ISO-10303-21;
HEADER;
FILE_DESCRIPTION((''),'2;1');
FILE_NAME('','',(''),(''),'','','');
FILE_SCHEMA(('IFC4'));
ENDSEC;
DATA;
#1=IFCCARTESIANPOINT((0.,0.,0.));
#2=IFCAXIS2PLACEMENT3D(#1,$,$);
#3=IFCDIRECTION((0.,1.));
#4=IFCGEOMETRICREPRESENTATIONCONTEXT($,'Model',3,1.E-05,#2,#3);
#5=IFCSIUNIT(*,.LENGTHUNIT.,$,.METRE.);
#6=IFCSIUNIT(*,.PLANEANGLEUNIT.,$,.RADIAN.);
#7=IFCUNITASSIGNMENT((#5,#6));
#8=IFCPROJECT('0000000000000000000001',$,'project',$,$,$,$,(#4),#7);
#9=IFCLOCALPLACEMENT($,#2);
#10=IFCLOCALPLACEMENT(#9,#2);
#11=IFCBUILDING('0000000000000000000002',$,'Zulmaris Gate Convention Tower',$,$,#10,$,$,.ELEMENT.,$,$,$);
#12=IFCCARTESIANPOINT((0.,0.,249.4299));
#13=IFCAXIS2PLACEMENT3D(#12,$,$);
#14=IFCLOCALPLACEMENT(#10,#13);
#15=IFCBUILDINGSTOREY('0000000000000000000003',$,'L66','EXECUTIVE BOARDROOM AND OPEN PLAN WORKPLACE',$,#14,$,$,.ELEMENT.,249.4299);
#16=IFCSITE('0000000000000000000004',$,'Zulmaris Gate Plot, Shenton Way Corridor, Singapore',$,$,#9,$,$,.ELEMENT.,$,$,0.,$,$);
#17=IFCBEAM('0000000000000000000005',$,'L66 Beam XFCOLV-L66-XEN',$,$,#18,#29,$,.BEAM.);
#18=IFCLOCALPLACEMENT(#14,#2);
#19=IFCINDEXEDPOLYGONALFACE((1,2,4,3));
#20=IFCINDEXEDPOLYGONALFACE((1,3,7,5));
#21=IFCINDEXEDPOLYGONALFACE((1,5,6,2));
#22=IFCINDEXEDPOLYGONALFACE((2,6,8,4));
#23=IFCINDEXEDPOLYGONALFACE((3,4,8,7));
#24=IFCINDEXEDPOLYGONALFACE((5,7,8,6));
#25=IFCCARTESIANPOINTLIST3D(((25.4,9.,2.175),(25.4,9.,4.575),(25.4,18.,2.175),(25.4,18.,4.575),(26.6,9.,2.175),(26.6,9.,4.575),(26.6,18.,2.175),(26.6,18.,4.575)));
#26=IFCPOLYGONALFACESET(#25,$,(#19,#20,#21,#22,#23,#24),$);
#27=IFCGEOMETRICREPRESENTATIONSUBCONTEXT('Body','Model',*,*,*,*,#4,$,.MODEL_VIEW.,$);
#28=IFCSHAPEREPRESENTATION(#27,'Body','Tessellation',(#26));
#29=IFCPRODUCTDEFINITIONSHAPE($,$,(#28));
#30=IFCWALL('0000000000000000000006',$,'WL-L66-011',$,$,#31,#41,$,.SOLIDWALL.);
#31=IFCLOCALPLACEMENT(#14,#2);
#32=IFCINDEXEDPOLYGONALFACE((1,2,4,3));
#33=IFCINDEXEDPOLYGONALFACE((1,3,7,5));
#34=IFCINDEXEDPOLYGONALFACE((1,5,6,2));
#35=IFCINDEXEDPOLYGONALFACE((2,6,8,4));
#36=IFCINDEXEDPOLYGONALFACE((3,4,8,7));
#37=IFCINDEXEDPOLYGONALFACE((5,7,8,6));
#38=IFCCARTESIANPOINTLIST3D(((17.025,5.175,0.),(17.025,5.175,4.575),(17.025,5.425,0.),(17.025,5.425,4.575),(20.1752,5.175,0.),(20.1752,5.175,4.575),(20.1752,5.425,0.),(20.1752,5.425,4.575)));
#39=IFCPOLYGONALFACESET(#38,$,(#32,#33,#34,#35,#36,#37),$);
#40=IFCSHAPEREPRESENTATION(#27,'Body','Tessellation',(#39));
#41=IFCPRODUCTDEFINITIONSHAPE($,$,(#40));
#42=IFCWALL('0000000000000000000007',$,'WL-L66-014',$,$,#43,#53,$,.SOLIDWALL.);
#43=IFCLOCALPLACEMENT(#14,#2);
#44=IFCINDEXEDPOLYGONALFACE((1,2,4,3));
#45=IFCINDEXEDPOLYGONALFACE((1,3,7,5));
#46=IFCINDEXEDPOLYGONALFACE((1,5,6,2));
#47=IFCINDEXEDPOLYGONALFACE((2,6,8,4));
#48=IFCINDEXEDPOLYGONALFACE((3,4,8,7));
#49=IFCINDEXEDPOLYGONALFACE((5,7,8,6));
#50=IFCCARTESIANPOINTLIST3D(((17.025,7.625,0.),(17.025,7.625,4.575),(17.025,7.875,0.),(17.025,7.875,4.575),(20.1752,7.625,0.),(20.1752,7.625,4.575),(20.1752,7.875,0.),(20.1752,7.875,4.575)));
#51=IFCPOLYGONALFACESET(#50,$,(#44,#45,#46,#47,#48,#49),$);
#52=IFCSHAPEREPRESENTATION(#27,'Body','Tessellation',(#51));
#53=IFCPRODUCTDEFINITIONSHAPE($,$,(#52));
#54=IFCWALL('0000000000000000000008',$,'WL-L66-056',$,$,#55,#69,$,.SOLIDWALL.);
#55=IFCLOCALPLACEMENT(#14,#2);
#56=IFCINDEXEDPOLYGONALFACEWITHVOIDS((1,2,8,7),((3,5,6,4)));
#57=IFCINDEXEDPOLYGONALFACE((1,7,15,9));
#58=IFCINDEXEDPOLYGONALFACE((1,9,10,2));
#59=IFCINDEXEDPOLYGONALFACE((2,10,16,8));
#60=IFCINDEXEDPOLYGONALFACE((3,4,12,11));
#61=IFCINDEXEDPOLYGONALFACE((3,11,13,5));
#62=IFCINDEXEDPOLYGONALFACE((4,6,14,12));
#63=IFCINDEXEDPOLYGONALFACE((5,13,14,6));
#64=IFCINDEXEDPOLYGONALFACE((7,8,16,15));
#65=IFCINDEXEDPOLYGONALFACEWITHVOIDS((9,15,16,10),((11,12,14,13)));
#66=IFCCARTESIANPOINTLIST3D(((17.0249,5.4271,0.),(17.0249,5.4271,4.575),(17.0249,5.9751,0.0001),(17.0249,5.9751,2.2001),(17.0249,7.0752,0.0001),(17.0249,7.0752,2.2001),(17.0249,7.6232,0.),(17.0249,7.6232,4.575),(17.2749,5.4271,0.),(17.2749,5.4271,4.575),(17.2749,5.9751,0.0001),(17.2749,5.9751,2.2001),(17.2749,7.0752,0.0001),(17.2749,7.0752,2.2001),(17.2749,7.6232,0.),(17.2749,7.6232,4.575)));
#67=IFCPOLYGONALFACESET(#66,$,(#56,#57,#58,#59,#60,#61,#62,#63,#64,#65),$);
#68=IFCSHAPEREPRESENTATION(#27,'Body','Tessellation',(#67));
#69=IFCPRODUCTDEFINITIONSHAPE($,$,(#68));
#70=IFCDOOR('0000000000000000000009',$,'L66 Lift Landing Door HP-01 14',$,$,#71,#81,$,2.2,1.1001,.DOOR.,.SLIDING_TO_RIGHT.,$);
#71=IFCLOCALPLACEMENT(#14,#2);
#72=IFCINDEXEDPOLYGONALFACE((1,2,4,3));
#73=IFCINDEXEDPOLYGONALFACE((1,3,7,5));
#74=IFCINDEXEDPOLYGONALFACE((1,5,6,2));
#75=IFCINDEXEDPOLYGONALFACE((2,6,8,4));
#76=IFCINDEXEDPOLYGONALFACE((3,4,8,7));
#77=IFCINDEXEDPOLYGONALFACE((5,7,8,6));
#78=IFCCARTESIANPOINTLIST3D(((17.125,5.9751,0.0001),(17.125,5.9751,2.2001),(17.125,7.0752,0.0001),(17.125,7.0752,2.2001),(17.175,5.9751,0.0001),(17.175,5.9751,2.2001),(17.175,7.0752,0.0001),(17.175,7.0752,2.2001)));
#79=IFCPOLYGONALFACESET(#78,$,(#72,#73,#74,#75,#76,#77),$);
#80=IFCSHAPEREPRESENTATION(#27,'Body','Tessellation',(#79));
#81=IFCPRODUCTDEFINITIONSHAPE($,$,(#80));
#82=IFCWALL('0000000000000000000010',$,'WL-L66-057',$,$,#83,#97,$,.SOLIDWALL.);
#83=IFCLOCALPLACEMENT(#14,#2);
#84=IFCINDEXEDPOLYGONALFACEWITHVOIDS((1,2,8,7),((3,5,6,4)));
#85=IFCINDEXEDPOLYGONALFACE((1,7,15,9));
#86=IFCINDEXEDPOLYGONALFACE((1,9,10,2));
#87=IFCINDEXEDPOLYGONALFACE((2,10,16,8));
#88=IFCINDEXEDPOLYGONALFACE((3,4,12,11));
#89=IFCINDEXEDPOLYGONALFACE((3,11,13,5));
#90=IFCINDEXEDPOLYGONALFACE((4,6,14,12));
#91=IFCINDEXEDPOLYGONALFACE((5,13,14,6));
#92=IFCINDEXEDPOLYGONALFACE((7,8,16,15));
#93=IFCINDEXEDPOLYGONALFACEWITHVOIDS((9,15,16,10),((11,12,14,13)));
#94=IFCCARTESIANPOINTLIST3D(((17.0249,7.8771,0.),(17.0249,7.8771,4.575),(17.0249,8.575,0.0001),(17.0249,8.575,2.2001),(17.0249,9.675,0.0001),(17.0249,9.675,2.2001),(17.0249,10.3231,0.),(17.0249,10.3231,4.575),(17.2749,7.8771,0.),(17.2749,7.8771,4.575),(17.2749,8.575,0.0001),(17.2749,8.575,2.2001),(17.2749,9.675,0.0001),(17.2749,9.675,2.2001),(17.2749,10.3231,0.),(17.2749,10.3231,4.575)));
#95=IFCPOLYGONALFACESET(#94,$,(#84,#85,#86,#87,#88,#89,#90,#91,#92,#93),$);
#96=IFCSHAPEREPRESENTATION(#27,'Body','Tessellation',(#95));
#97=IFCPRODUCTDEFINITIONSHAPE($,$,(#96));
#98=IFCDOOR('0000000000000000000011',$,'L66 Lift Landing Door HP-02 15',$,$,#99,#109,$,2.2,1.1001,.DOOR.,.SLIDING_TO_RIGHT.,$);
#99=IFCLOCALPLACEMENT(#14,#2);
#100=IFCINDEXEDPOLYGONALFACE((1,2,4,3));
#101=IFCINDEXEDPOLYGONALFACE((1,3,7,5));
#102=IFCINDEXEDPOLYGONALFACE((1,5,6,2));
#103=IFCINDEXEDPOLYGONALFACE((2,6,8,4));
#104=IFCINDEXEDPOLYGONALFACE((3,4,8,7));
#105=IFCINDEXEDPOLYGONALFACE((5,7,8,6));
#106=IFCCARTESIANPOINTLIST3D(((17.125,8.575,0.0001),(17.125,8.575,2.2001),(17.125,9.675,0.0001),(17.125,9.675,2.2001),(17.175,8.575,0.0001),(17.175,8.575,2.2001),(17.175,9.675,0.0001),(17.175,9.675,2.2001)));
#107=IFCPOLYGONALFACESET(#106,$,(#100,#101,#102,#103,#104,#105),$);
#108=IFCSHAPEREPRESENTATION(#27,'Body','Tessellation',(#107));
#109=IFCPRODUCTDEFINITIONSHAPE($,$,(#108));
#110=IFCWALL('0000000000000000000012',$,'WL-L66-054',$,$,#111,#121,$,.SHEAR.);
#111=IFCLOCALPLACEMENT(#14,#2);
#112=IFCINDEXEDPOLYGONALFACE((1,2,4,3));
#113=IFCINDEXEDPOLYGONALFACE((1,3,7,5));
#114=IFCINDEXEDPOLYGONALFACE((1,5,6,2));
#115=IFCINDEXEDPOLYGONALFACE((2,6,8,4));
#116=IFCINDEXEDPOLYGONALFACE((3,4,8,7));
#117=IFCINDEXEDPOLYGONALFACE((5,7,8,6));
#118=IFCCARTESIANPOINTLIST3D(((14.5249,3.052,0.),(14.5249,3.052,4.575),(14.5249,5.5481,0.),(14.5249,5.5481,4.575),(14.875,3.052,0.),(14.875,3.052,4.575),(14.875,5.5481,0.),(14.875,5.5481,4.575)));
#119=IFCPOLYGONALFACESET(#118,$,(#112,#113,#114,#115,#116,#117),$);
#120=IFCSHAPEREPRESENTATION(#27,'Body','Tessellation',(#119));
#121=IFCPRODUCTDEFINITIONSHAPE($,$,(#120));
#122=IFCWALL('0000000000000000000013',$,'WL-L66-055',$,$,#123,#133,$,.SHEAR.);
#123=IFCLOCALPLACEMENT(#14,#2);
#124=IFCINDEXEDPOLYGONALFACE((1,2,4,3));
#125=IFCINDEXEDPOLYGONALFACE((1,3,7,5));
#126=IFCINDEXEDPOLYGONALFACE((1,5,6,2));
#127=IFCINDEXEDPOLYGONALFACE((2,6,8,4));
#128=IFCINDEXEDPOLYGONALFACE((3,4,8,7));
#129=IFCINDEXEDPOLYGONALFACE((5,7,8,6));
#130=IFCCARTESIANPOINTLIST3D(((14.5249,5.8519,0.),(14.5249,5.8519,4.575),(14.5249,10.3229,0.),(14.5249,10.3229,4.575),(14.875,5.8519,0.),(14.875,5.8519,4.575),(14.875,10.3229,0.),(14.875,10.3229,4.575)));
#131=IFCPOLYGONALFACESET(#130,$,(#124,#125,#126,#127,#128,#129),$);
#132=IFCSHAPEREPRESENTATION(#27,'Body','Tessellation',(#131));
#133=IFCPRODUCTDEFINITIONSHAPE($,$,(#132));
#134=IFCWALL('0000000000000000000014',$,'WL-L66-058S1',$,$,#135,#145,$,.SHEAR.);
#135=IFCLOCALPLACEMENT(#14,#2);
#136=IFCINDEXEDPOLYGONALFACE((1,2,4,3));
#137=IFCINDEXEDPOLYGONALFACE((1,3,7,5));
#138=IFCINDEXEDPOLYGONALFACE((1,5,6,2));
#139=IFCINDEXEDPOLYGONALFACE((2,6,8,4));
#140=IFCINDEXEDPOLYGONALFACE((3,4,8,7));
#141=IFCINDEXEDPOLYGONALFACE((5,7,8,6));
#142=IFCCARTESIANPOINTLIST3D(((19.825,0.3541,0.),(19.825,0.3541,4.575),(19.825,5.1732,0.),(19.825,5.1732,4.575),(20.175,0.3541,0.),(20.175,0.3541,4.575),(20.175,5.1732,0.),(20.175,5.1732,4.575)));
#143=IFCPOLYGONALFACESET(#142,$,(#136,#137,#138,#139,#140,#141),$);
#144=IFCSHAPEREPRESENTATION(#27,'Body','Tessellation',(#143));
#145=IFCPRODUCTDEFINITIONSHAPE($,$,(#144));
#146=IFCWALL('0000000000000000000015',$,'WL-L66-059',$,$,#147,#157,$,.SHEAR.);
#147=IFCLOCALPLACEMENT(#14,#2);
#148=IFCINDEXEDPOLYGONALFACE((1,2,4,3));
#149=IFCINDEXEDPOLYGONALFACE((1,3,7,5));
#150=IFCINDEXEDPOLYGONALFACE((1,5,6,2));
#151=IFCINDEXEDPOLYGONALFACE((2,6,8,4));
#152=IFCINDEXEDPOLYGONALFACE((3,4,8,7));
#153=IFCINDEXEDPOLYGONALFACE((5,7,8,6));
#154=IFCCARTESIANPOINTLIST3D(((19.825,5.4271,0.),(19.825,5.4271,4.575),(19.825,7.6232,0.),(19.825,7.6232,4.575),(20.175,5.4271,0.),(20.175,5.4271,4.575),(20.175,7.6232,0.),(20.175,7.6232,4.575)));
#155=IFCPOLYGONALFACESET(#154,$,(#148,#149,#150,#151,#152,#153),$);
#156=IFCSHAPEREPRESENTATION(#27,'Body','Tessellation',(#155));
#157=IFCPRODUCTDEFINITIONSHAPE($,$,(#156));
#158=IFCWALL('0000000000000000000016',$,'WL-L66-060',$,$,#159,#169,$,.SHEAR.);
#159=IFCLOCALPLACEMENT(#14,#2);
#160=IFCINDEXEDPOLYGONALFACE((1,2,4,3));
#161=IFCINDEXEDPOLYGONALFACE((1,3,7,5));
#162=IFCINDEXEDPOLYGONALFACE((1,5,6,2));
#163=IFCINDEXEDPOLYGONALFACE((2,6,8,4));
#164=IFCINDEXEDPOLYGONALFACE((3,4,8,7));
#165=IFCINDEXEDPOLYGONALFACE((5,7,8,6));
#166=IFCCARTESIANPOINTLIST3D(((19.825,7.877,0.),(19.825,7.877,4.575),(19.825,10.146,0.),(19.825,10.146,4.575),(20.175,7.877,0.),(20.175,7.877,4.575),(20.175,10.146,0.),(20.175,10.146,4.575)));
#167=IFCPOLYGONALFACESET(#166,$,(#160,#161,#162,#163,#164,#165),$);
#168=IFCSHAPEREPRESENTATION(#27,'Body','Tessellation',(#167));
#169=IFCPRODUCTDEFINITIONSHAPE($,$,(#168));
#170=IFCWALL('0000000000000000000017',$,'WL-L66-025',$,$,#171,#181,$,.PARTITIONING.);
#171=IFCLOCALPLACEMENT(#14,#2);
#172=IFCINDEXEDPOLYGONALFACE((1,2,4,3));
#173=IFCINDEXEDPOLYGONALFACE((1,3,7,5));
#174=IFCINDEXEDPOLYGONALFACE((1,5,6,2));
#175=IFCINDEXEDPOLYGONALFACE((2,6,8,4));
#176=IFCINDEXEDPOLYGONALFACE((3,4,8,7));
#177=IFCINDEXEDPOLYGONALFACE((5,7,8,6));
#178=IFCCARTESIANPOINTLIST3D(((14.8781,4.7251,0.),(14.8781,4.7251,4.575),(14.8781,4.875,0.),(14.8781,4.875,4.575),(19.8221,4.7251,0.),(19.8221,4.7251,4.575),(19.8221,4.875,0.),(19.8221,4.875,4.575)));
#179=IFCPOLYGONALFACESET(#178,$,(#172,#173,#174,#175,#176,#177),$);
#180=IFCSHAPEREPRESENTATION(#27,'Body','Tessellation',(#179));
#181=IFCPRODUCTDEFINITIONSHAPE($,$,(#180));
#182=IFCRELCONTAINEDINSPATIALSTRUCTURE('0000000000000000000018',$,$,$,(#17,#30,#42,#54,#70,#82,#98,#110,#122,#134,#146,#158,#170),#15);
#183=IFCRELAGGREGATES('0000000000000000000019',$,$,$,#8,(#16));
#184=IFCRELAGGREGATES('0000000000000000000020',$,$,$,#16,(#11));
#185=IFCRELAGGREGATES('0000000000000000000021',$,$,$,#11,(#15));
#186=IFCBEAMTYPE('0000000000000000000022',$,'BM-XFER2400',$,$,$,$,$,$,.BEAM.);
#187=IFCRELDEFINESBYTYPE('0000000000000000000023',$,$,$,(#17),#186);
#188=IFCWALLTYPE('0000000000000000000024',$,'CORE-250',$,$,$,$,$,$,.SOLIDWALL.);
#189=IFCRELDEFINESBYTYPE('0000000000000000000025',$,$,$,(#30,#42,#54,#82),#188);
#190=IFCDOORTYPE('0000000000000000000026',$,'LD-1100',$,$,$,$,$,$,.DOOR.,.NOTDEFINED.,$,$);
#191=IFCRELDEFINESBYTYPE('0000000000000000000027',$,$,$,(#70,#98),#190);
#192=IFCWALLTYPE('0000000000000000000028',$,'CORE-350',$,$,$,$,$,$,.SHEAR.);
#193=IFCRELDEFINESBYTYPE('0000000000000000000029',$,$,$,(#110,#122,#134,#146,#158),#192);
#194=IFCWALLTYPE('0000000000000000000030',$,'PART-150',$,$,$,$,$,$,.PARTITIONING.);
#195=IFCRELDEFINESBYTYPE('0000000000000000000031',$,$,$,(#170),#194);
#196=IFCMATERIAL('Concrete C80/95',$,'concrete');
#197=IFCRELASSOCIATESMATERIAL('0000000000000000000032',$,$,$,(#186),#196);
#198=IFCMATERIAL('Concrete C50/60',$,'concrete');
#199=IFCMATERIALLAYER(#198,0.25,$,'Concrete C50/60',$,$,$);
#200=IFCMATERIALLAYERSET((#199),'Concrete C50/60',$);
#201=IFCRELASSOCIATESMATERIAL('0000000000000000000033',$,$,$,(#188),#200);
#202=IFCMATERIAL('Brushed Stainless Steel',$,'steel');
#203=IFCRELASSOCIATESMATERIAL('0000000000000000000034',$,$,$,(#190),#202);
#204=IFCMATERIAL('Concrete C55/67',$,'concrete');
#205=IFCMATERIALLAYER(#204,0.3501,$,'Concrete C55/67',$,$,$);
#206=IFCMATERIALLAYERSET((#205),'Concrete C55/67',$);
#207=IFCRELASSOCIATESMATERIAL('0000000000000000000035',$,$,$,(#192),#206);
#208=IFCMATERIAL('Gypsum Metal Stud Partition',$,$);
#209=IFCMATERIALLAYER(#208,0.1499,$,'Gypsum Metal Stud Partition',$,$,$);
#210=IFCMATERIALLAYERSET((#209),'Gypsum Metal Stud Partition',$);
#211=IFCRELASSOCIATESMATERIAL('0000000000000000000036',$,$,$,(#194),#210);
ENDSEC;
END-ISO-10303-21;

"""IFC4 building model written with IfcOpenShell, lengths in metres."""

from ifc_helpers import new_model, si_unit, direction, frame, frame_2d, origin, origin_2d, place, context, subcontext, project, spatial, rectangle, extrude, material, layer, layer_set, material_profile, profile_set, type_object, element, fill, save


model = new_model("IFC4")

# Units and contexts
model_context = context("Model", 3, precision=1e-05, world=origin(), true_north=direction((0.0, 1.0)))
body_context = subcontext(model_context, "Body", "Model", "MODEL_VIEW")
ifc_project = project(units=[si_unit("LENGTHUNIT", "METRE"), si_unit("PLANEANGLEUNIT", "RADIAN")], contexts=[model_context])

# Site, building, storey
site_placement = place(None, origin())
site = spatial("IfcSite", under=ifc_project, at=site_placement, Name="Zulmaris Gate Plot, Shenton Way Corridor, Singapore", CompositionType="ELEMENT", RefElevation=0.0)
building_placement = place(site_placement, origin())
building = spatial("IfcBuilding", under=site, at=building_placement, Name="Zulmaris Gate Convention Tower", CompositionType="ELEMENT")
storey_placement = place(building_placement, frame((0.0, 0.0, 249.4299)))
storey = spatial("IfcBuildingStorey", under=building, at=storey_placement, Name="L66", Description="EXECUTIVE BOARDROOM AND OPEN PLAN WORKPLACE", CompositionType="ELEMENT", Elevation=249.4299)

# Shared definitions
ifc_material_1 = material(Name="Concrete C50/60", Category="concrete")

# Beam
ifc_material_2 = material(Name="Concrete C80/95", Category="concrete")
ifc_material_profile_1 = material_profile(ifc_material_2, rectangle(XDim=1.2, YDim=2.3999, at=origin_2d()), Name="RC TRANSFER 1200x2400")
ifc_profile_set_1 = profile_set([ifc_material_profile_1], Name="Concrete C80/95")
beam_type_1 = type_object("IfcBeamType", Name="BM-XFER2400", PredefinedType="BEAM", material=ifc_profile_set_1)
for number, where, z_axis, x_axis, name in (
    (1, (26.0, 9.0, 3.375), (0.0, 1.0, 0.0), (-1.0, 0.0, 0.0), "L66 Beam XFCOLV-L66-XEN"),
):
    element("IfcBeam", number, at=place(storey_placement, frame(where, z_axis=z_axis, x_axis=x_axis)), inside=storey, type_object=beam_type_1, Name=name, PredefinedType="BEAM", context=body_context, shape_type="SweptSolid", body=[
        extrude(rectangle(XDim=1.2, YDim=2.3999, at=origin_2d()), origin(), (0.0, 0.0, 1.0), 9.0),
    ])

# Walls
ifc_layer_1 = layer(ifc_material_1, 0.25, Name="Concrete C50/60")
ifc_layer_set_1 = layer_set([ifc_layer_1], Name="Concrete C50/60")
wall_type_1 = type_object("IfcWallType", Name="CORE-250", PredefinedType="SOLIDWALL", material=ifc_layer_set_1)
for number, where, z_axis, x_axis, name in (
    (2, (17.0249, 5.3, 0.0), (0.0, 0.0, 1.0), (1.0, 0.0, 0.0), "WL-L66-011"),
    (3, (17.0249, 7.75, 0.0), (0.0, 0.0, 1.0), (1.0, 0.0, 0.0), "WL-L66-014"),
):
    element("IfcWall", number, at=place(storey_placement, frame(where, z_axis=z_axis, x_axis=x_axis)), inside=storey, type_object=wall_type_1, Name=name, PredefinedType="SOLIDWALL", context=body_context, shape_type="SweptSolid", body=[
        extrude(rectangle(XDim=3.1501, YDim=0.25, at=frame_2d((1.5752, 0.0))), origin(), (0.0, 0.0, 1.0), 4.575),
    ])

# Walls, openings, doors
wall_1_placement = place(storey_placement, frame((17.1499, 5.427, 0.0), z_axis=(0.0, 0.0, 1.0), x_axis=(0.0, 1.0, 0.0)))
wall_1 = element("IfcWall", 4, at=wall_1_placement, inside=storey, type_object=wall_type_1, Name="WL-L66-056", PredefinedType="SOLIDWALL", context=body_context, shape_type="SweptSolid", body=[
    extrude(rectangle(XDim=2.196, YDim=0.25, at=frame_2d((1.0981, 0.0))), origin(), (0.0, 0.0, 1.0), 4.575),
])
opening_1_placement = place(wall_1_placement, frame((0.5481, 0.0, 0.0)))
opening_1 = element("IfcOpeningElement", 5, at=opening_1_placement, cuts=wall_1, PredefinedType="OPENING", context=body_context, shape_type="SweptSolid", body=[
    extrude(rectangle(XDim=1.1001, YDim=2.2, at=frame_2d((0.55, 1.1001))), frame((0.0, 0.135, 0.0), z_axis=(0.0, -1.0, 0.0), x_axis=(1.0, 0.0, 0.0)), (0.0, 0.0, 1.0), 0.27),
])
ifc_material_3 = material(Name="Brushed Stainless Steel", Category="steel")
door_type = type_object("IfcDoorType", Name="LD-1100", OperationType="NOTDEFINED", PredefinedType="DOOR", material=ifc_material_3)
door_1_placement = place(opening_1_placement, origin())
door_1 = element("IfcDoor", 6, at=door_1_placement, inside=storey, type_object=door_type, Name="L66 Lift Landing Door HP-01 14", OperationType="SLIDING_TO_RIGHT", OverallHeight=2.2, OverallWidth=1.1001, PredefinedType="DOOR", context=body_context, shape_type="SweptSolid", body=[
    extrude(rectangle(XDim=1.1001, YDim=2.2, at=frame_2d((0.55, 1.1001))), frame((0.0, 0.0249, 0.0), z_axis=(0.0, -1.0, 0.0), x_axis=(1.0, 0.0, 0.0)), (0.0, 0.0, 1.0), 0.05),
])
fill(opening_1, door_1)
wall_2_placement = place(storey_placement, frame((17.1499, 7.877, 0.0), z_axis=(0.0, 0.0, 1.0), x_axis=(0.0, 1.0, 0.0)))
wall_2 = element("IfcWall", 7, at=wall_2_placement, inside=storey, type_object=wall_type_1, Name="WL-L66-057", PredefinedType="SOLIDWALL", context=body_context, shape_type="SweptSolid", body=[
    extrude(rectangle(XDim=2.446, YDim=0.25, at=frame_2d((1.2231, 0.0))), origin(), (0.0, 0.0, 1.0), 4.575),
])
opening_2_placement = place(wall_2_placement, frame((0.698, 0.0, 0.0)))
opening_2 = element("IfcOpeningElement", 8, at=opening_2_placement, cuts=wall_2, PredefinedType="OPENING", context=body_context, shape_type="SweptSolid", body=[
    extrude(rectangle(XDim=1.1001, YDim=2.2, at=frame_2d((0.55, 1.1001))), frame((0.0, 0.135, 0.0), z_axis=(0.0, -1.0, 0.0), x_axis=(1.0, 0.0, 0.0)), (0.0, 0.0, 1.0), 0.27),
])
door_2_placement = place(opening_2_placement, origin())
door_2 = element("IfcDoor", 9, at=door_2_placement, inside=storey, type_object=door_type, Name="L66 Lift Landing Door HP-02 15", OperationType="SLIDING_TO_RIGHT", OverallHeight=2.2, OverallWidth=1.1001, PredefinedType="DOOR", context=body_context, shape_type="SweptSolid", body=[
    extrude(rectangle(XDim=1.1001, YDim=2.2, at=frame_2d((0.55, 1.1001))), frame((0.0, 0.0249, 0.0), z_axis=(0.0, -1.0, 0.0), x_axis=(1.0, 0.0, 0.0)), (0.0, 0.0, 1.0), 0.05),
])
fill(opening_2, door_2)

# Walls
ifc_material_4 = material(Name="Concrete C55/67", Category="concrete")
ifc_layer_2 = layer(ifc_material_4, 0.3501, Name="Concrete C55/67")
ifc_layer_set_2 = layer_set([ifc_layer_2], Name="Concrete C55/67")
wall_type_2 = type_object("IfcWallType", Name="CORE-350", PredefinedType="SHEAR", material=ifc_layer_set_2)
wall_3_placement = place(storey_placement, frame((14.7, 3.052, 0.0), z_axis=(0.0, 0.0, 1.0), x_axis=(0.0, 1.0, 0.0)))
element("IfcWall", 10, at=wall_3_placement, inside=storey, type_object=wall_type_2, Name="WL-L66-054", PredefinedType="SHEAR", context=body_context, shape_type="SweptSolid", body=[
    extrude(rectangle(XDim=2.4961, YDim=0.3501, at=frame_2d((1.248, 0.0))), origin(), (0.0, 0.0, 1.0), 4.575),
])
wall_4_placement = place(storey_placement, frame((14.7, 5.8521, 0.0), z_axis=(0.0, 0.0, 1.0), x_axis=(0.0, 1.0, 0.0)))
element("IfcWall", 11, at=wall_4_placement, inside=storey, type_object=wall_type_2, Name="WL-L66-055", PredefinedType="SHEAR", context=body_context, shape_type="SweptSolid", body=[
    extrude(rectangle(XDim=4.4709, YDim=0.3501, at=frame_2d((2.2354, 0.0))), origin(), (0.0, 0.0, 1.0), 4.575),
])
wall_5_placement = place(storey_placement, frame((20.0, 0.354, 0.0), z_axis=(0.0, 0.0, 1.0), x_axis=(0.0, 1.0, 0.0)))
element("IfcWall", 12, at=wall_5_placement, inside=storey, type_object=wall_type_2, Name="WL-L66-058S1", PredefinedType="SHEAR", context=body_context, shape_type="SweptSolid", body=[
    extrude(rectangle(XDim=4.8191, YDim=0.3501, at=frame_2d((2.4097, 0.0))), origin(), (0.0, 0.0, 1.0), 4.575),
])
wall_6_placement = place(storey_placement, frame((20.0, 5.427, 0.0), z_axis=(0.0, 0.0, 1.0), x_axis=(0.0, 1.0, 0.0)))
element("IfcWall", 13, at=wall_6_placement, inside=storey, type_object=wall_type_2, Name="WL-L66-059", PredefinedType="SHEAR", context=body_context, shape_type="SweptSolid", body=[
    extrude(rectangle(XDim=2.196, YDim=0.3501, at=frame_2d((1.0981, 0.0))), origin(), (0.0, 0.0, 1.0), 4.575),
])
wall_7_placement = place(storey_placement, frame((20.0, 7.877, 0.0), z_axis=(0.0, 0.0, 1.0), x_axis=(0.0, 1.0, 0.0)))
element("IfcWall", 14, at=wall_7_placement, inside=storey, type_object=wall_type_2, Name="WL-L66-060", PredefinedType="SHEAR", context=body_context, shape_type="SweptSolid", body=[
    extrude(rectangle(XDim=2.269, YDim=0.3501, at=frame_2d((1.1345, 0.0))), origin(), (0.0, 0.0, 1.0), 4.575),
])
ifc_material_5 = material(Name="Gypsum Metal Stud Partition")
ifc_layer_3 = layer(ifc_material_5, 0.1499, Name="Gypsum Metal Stud Partition")
ifc_layer_set_3 = layer_set([ifc_layer_3], Name="Gypsum Metal Stud Partition")
wall_type_3 = type_object("IfcWallType", Name="PART-150", PredefinedType="PARTITIONING", material=ifc_layer_set_3)
wall_8_placement = place(storey_placement, frame((14.8779, 4.8, 0.0), z_axis=(0.0, 0.0, 1.0), x_axis=(1.0, 0.0, 0.0)))
element("IfcWall", 15, at=wall_8_placement, inside=storey, type_object=wall_type_3, Name="WL-L66-025", PredefinedType="PARTITIONING", context=body_context, shape_type="SweptSolid", body=[
    extrude(rectangle(XDim=4.9441, YDim=0.1499, at=frame_2d((2.4722, 0.0))), origin(), (0.0, 0.0, 1.0), 4.575),
])

save(model, "model.ifc")
